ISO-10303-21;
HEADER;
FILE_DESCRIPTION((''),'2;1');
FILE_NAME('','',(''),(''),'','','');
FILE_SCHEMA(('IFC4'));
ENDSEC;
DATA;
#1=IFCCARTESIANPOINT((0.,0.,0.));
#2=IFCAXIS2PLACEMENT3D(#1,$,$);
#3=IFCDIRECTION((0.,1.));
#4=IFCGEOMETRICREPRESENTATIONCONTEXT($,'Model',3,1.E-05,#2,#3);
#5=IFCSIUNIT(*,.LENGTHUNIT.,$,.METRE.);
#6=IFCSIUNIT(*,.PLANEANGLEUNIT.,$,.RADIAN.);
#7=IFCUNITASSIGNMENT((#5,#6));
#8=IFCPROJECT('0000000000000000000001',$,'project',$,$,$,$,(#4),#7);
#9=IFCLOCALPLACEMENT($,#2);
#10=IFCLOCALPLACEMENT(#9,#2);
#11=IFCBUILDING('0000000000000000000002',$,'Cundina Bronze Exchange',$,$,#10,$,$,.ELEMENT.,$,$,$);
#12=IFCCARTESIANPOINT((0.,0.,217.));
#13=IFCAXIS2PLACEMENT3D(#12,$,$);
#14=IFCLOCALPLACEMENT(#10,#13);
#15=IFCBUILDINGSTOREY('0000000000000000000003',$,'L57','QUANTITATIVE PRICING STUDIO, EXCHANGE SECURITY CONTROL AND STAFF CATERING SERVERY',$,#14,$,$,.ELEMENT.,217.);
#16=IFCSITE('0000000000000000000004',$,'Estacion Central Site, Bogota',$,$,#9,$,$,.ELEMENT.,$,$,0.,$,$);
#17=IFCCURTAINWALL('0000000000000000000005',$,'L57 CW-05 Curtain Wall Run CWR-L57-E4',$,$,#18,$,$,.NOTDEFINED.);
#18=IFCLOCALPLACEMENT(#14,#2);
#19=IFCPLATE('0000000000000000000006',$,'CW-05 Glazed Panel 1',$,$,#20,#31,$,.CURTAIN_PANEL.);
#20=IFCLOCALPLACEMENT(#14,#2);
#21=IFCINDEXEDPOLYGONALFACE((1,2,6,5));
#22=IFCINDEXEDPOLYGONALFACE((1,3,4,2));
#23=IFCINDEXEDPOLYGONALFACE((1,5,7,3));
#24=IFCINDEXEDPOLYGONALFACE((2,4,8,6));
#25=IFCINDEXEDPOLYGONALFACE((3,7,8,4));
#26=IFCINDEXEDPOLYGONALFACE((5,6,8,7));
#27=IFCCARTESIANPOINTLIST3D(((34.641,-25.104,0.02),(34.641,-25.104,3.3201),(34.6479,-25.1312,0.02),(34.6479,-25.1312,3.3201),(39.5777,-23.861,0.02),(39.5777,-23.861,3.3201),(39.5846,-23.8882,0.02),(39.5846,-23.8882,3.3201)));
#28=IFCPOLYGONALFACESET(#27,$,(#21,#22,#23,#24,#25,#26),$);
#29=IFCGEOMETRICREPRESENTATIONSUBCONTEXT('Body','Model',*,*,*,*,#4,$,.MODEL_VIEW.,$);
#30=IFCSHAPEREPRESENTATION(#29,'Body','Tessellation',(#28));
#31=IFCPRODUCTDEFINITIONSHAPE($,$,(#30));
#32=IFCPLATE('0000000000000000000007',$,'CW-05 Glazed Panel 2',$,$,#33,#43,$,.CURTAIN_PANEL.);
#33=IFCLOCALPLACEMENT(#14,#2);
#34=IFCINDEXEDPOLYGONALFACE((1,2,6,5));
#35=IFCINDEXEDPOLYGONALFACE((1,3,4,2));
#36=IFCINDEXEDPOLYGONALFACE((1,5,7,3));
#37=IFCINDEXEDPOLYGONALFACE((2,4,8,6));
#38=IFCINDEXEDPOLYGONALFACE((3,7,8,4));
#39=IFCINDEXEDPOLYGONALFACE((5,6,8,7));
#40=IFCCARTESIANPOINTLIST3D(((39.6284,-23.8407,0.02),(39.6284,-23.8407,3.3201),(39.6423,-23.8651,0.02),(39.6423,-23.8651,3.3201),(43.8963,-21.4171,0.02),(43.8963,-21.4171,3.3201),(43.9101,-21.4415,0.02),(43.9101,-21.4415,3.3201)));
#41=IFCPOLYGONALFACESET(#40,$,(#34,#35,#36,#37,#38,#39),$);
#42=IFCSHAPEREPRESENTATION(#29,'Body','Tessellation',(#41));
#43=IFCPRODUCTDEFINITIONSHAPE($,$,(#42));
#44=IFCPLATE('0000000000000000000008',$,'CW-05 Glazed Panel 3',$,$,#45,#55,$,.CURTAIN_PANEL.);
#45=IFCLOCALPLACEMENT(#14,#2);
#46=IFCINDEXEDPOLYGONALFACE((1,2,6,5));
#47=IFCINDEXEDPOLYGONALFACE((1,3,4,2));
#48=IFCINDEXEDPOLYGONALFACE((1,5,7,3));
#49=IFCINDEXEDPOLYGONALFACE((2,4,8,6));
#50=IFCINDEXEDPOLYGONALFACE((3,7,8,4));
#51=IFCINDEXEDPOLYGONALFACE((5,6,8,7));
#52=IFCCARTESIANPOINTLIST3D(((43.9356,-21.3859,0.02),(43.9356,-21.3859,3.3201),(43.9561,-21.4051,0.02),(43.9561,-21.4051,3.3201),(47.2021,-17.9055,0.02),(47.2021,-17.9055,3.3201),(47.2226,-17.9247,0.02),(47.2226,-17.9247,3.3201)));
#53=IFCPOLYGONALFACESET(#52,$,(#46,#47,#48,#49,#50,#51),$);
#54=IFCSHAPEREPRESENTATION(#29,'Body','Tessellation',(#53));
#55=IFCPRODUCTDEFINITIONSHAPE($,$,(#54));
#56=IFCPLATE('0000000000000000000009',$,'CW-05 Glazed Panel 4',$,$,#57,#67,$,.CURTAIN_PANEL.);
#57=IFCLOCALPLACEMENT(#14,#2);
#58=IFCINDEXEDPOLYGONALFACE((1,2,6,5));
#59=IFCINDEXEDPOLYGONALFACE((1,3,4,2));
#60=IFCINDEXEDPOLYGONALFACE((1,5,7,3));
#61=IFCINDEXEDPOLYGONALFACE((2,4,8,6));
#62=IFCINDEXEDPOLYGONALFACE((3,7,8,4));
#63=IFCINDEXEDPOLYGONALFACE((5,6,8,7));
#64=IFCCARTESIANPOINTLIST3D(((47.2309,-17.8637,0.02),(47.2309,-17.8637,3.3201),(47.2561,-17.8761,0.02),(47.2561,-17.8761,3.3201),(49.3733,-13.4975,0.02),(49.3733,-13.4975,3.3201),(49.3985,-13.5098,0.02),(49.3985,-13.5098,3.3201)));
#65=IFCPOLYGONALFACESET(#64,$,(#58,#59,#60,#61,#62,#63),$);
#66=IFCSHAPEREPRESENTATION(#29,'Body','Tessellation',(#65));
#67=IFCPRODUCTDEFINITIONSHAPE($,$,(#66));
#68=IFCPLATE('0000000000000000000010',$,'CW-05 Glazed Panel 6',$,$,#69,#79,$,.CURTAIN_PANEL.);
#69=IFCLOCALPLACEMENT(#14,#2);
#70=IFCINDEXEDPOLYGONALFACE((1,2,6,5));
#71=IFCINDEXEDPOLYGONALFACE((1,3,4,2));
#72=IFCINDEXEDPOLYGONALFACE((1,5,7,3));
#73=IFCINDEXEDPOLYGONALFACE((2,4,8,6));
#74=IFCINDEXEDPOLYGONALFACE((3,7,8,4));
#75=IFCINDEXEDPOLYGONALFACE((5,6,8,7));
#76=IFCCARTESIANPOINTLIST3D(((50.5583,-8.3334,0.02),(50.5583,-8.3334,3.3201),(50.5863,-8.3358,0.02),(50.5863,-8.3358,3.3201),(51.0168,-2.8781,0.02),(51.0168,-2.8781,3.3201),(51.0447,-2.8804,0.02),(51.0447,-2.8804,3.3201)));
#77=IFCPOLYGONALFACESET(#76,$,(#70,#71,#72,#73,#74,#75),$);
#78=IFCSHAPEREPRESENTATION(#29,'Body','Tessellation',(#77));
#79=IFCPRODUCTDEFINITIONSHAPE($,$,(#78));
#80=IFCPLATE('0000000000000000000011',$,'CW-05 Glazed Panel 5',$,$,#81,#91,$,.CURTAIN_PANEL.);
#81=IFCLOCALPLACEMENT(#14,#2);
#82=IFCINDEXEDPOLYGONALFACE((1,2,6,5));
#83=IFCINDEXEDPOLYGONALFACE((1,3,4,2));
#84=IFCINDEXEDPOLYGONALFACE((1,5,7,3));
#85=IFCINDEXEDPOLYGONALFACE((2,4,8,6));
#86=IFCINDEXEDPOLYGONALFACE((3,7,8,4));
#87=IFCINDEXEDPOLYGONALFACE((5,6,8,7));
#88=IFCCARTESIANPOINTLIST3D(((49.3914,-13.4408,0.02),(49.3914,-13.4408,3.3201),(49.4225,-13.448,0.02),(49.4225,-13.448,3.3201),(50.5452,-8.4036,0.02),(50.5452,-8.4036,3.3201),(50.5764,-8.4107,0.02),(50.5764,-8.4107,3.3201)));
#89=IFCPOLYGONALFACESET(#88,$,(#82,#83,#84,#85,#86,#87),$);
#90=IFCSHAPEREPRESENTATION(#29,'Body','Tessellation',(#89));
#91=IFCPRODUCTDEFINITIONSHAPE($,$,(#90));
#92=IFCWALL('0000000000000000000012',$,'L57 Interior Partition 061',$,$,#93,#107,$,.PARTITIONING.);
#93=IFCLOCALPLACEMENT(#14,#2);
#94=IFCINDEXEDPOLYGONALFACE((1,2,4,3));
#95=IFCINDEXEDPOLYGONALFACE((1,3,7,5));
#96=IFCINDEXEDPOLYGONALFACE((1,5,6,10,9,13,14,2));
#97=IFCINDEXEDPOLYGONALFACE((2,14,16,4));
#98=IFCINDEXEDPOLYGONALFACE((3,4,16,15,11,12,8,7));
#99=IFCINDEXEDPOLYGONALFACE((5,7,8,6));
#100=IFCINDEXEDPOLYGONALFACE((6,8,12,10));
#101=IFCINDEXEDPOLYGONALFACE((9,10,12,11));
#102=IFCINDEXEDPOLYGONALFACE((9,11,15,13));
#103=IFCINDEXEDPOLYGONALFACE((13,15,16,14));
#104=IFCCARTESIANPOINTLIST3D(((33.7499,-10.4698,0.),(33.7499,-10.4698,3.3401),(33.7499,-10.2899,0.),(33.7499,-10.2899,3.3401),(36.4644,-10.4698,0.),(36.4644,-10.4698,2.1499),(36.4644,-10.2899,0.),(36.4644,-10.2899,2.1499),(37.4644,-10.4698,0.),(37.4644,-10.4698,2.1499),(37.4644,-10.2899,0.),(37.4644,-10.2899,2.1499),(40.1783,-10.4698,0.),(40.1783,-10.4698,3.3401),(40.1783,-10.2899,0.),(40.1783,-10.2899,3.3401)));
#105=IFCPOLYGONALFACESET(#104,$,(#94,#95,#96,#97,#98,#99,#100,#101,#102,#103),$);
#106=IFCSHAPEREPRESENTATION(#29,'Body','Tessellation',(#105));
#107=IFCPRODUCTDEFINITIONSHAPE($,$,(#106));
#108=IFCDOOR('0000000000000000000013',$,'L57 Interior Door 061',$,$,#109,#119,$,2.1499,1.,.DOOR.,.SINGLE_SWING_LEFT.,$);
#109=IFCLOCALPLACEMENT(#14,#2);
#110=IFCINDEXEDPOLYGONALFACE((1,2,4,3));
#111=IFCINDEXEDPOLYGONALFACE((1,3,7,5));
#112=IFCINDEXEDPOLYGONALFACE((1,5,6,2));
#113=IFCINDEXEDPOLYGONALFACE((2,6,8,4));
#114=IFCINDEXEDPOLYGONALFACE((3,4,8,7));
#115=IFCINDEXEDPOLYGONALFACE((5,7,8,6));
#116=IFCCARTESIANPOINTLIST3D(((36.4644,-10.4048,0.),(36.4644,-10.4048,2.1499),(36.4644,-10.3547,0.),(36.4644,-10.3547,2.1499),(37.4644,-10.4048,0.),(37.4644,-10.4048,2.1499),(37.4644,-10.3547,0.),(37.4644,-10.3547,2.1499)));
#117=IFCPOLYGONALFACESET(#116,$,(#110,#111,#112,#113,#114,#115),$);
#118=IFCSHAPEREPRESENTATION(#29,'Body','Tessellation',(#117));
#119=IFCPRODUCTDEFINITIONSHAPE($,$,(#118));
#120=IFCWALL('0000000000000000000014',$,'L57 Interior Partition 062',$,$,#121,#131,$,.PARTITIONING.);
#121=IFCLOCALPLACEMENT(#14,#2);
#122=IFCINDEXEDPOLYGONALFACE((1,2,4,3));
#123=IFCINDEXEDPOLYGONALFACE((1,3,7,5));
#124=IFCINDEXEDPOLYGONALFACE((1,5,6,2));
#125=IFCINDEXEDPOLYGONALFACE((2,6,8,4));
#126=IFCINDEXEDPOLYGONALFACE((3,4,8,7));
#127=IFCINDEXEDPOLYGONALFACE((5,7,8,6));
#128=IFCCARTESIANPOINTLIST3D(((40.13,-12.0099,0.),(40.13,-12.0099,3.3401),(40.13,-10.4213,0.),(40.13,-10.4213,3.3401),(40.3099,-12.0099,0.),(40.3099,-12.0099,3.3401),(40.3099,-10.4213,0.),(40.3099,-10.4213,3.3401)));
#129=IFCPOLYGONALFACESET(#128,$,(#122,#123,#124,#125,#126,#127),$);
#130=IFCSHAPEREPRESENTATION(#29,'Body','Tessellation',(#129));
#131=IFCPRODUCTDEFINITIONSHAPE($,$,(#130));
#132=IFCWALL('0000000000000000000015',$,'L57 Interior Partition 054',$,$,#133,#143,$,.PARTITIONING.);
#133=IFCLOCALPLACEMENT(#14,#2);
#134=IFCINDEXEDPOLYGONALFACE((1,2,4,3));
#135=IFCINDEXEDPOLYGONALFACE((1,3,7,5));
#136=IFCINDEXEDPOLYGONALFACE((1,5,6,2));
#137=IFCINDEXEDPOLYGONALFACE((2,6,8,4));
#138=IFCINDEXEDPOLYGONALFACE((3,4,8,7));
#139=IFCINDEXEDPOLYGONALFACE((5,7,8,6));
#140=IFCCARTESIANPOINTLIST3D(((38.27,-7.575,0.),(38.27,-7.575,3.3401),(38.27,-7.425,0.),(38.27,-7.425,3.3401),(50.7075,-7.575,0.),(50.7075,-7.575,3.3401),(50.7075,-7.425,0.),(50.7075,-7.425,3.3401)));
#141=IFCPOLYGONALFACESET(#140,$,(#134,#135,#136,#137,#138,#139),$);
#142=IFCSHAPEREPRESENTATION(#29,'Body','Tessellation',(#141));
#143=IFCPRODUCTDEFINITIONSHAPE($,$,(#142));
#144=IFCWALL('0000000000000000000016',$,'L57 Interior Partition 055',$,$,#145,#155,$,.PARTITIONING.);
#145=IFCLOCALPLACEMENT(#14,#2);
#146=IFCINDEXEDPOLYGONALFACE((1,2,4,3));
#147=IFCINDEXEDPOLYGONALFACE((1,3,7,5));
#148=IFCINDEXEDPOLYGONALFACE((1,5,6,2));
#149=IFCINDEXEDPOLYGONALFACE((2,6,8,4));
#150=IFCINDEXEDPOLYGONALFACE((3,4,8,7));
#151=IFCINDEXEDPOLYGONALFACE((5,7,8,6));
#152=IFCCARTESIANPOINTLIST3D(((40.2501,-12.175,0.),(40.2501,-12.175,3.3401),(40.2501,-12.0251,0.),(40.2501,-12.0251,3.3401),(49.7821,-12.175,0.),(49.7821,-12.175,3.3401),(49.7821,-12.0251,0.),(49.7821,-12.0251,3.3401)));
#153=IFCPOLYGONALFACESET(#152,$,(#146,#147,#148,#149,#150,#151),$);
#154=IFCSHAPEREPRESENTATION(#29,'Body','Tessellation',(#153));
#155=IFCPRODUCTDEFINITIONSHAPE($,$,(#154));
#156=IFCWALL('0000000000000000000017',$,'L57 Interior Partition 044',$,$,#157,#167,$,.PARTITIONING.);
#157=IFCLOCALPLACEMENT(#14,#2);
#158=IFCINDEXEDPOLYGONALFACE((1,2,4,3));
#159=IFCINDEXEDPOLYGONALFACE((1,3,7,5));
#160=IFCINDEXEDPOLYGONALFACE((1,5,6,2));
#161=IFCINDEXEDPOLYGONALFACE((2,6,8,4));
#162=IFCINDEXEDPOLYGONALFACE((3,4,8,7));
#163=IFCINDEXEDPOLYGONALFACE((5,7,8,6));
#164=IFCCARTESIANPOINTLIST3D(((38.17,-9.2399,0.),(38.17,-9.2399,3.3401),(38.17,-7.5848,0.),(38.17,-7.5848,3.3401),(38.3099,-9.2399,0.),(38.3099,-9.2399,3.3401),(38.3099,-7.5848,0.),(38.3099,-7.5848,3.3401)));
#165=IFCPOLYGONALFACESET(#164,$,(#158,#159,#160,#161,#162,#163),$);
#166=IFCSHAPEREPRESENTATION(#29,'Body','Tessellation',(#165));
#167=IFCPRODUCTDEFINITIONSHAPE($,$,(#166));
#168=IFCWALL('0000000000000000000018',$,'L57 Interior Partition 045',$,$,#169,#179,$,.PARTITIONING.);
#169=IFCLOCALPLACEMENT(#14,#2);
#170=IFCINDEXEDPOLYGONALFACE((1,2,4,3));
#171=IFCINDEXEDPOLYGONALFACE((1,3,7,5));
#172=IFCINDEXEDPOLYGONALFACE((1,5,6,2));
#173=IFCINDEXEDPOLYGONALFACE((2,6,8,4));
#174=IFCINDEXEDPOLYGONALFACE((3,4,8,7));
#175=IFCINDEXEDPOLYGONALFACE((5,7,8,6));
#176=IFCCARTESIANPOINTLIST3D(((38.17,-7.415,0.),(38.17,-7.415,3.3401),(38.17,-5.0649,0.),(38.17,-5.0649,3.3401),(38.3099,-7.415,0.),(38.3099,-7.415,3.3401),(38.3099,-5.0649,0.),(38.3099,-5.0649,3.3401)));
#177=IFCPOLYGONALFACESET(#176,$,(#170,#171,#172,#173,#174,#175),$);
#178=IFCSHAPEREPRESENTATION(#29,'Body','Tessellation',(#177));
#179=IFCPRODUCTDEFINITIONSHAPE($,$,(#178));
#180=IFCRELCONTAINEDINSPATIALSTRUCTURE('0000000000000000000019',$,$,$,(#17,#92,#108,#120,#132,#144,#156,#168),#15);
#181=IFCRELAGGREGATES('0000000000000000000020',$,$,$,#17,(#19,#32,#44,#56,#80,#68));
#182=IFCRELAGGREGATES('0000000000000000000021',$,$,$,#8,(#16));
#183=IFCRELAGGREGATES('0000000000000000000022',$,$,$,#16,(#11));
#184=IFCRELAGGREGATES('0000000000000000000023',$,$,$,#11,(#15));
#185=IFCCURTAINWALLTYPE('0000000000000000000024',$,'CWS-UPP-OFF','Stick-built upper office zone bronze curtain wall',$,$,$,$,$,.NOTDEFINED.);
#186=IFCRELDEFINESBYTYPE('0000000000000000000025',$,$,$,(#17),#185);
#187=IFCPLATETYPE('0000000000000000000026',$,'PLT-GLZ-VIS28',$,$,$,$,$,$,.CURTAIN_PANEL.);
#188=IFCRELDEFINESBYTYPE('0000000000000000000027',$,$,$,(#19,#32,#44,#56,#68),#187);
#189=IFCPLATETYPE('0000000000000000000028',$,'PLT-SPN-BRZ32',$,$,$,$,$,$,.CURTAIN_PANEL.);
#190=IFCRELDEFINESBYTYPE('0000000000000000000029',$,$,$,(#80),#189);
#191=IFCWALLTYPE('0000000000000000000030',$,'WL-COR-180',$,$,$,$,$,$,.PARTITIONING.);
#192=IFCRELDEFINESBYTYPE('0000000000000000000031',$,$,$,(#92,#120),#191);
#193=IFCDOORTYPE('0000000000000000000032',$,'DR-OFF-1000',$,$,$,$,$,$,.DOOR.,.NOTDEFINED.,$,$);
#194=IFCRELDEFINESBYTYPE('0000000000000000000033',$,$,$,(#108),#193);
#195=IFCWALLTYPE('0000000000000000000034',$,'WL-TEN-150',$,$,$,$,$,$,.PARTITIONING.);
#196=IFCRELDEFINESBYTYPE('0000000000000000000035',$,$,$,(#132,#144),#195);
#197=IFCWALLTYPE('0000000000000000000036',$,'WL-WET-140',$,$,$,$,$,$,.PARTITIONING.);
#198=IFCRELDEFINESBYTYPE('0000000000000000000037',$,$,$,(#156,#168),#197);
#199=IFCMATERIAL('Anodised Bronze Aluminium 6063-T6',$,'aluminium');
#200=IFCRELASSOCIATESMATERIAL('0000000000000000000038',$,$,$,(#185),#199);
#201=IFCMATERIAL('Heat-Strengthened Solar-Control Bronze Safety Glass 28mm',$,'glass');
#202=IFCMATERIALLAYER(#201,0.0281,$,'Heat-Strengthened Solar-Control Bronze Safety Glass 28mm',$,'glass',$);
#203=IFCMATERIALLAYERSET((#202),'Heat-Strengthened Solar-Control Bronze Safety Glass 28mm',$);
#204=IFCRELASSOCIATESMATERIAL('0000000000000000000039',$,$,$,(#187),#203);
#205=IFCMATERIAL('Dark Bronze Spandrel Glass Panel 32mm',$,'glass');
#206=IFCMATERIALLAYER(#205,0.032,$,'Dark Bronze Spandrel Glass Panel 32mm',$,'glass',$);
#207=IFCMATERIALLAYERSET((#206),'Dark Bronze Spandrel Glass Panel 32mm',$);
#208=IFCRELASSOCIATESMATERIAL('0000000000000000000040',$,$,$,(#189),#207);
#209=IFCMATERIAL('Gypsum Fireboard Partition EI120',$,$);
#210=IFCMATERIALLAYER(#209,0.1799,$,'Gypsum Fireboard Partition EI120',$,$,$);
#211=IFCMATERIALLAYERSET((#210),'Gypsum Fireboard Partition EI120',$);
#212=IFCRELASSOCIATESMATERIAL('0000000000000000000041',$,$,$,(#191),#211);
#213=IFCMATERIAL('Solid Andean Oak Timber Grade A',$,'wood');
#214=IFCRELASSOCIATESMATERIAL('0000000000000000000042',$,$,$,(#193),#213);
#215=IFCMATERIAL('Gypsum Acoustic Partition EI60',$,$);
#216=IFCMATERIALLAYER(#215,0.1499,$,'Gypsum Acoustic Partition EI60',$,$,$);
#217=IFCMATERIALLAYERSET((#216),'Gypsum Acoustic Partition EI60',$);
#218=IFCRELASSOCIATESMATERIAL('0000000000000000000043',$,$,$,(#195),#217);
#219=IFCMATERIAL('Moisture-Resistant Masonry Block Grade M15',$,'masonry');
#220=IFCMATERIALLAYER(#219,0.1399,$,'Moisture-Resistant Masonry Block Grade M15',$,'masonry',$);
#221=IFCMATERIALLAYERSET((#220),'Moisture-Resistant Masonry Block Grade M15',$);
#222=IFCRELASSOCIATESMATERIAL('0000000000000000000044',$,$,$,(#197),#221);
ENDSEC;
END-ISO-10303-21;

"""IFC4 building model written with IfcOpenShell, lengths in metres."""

from ifc_helpers import new_model, si_unit, direction, frame, frame_2d, origin, origin_2d, place, context, subcontext, project, spatial, rectangle, extrude, material, layer, layer_set, type_object, element, fill, aggregate, save


model = new_model("IFC4")

# Units and contexts
model_context = context("Model", 3, precision=1e-05, world=origin(), true_north=direction((0.0, 1.0)))
body_context = subcontext(model_context, "Body", "Model", "MODEL_VIEW")
ifc_project = project(units=[si_unit("LENGTHUNIT", "METRE"), si_unit("PLANEANGLEUNIT", "RADIAN")], contexts=[model_context])

# Site, building, storey
site_placement = place(None, origin())
site = spatial("IfcSite", under=ifc_project, at=site_placement, Name="Estacion Central Site, Bogota", CompositionType="ELEMENT", RefElevation=0.0)
building_placement = place(site_placement, origin())
building = spatial("IfcBuilding", under=site, at=building_placement, Name="Cundina Bronze Exchange", CompositionType="ELEMENT")
storey_placement = place(building_placement, frame((0.0, 0.0, 217.0)))
storey = spatial("IfcBuildingStorey", under=building, at=storey_placement, Name="L57", Description="QUANTITATIVE PRICING STUDIO, EXCHANGE SECURITY CONTROL AND STAFF CATERING SERVERY", CompositionType="ELEMENT", Elevation=217.0)

# Curtain wall, plates
ifc_material_1 = material(Name="Anodised Bronze Aluminium 6063-T6", Category="aluminium")
curtain_wall_type = type_object("IfcCurtainWallType", Name="CWS-UPP-OFF", Description="Stick-built upper office zone bronze curtain wall", PredefinedType="NOTDEFINED", material=ifc_material_1)
curtain_wall_placement = place(storey_placement, origin())
curtain_wall = element("IfcCurtainWall", 1, at=curtain_wall_placement, inside=storey, type_object=curtain_wall_type, Name="L57 CW-05 Curtain Wall Run CWR-L57-E4", PredefinedType="NOTDEFINED")
ifc_material_2 = material(Name="Heat-Strengthened Solar-Control Bronze Safety Glass 28mm", Category="glass")
ifc_layer_1 = layer(ifc_material_2, 0.0281, Name="Heat-Strengthened Solar-Control Bronze Safety Glass 28mm", Category="glass")
ifc_layer_set_1 = layer_set([ifc_layer_1], Name="Heat-Strengthened Solar-Control Bronze Safety Glass 28mm")
plate_type_1 = type_object("IfcPlateType", Name="PLT-GLZ-VIS28", PredefinedType="CURTAIN_PANEL", material=ifc_layer_set_1)
plate_1_placement = place(storey_placement, frame((37.1128, -24.4961, 0.02), z_axis=(0.0, 0.0, 1.0), x_axis=(0.969732, 0.244174, 0.0)))
plate_1 = element("IfcPlate", 2, at=plate_1_placement, type_object=plate_type_1, Name="CW-05 Glazed Panel 1", PredefinedType="CURTAIN_PANEL", context=body_context, shape_type="SweptSolid", body=[
    extrude(rectangle(XDim=5.0908, YDim=0.0281, at=origin_2d()), origin(), (0.0, 0.0, 1.0), 3.3),
])
plate_2_placement = place(storey_placement, frame((41.7693, -22.6411, 0.02), z_axis=(0.0, 0.0, 1.0), x_axis=(0.869573, 0.493805, 0.0)))
plate_2 = element("IfcPlate", 3, at=plate_2_placement, type_object=plate_type_1, Name="CW-05 Glazed Panel 2", PredefinedType="CURTAIN_PANEL", context=body_context, shape_type="SweptSolid", body=[
    extrude(rectangle(XDim=4.908, YDim=0.0281, at=origin_2d()), origin(), (0.0, 0.0, 1.0), 3.3),
])
plate_3_placement = place(storey_placement, frame((45.5791, -19.6553, 0.02), z_axis=(0.0, 0.0, 1.0), x_axis=(0.684344, 0.72916, 0.0)))
plate_3 = element("IfcPlate", 4, at=plate_3_placement, type_object=plate_type_1, Name="CW-05 Glazed Panel 3", PredefinedType="CURTAIN_PANEL", context=body_context, shape_type="SweptSolid", body=[
    extrude(rectangle(XDim=4.7732, YDim=0.0281, at=origin_2d()), origin(), (0.0, 0.0, 1.0), 3.3),
])
plate_4_placement = place(storey_placement, frame((48.3147, -15.6868, 0.02), z_axis=(0.0, 0.0, 1.0), x_axis=(0.440503, 0.897751, 0.0)))
plate_4 = element("IfcPlate", 5, at=plate_4_placement, type_object=plate_type_1, Name="CW-05 Glazed Panel 4", PredefinedType="CURTAIN_PANEL", context=body_context, shape_type="SweptSolid", body=[
    extrude(rectangle(XDim=4.8635, YDim=0.0281, at=origin_2d()), origin(), (0.0, 0.0, 1.0), 3.3),
])
plate_5_placement = place(storey_placement, frame((50.8015, -5.6069, 0.02), z_axis=(0.0, 0.0, 1.0), x_axis=(0.083747, 0.996487, 0.0)))
plate_5 = element("IfcPlate", 6, at=plate_5_placement, type_object=plate_type_1, Name="CW-05 Glazed Panel 6", PredefinedType="CURTAIN_PANEL", context=body_context, shape_type="SweptSolid", body=[
    extrude(rectangle(XDim=5.4746, YDim=0.0281, at=origin_2d()), origin(), (0.0, 0.0, 1.0), 3.3),
])
ifc_material_3 = material(Name="Dark Bronze Spandrel Glass Panel 32mm", Category="glass")
ifc_layer_2 = layer(ifc_material_3, 0.032, Name="Dark Bronze Spandrel Glass Panel 32mm", Category="glass")
ifc_layer_set_2 = layer_set([ifc_layer_2], Name="Dark Bronze Spandrel Glass Panel 32mm")
plate_type_2 = type_object("IfcPlateType", Name="PLT-SPN-BRZ32", PredefinedType="CURTAIN_PANEL", material=ifc_layer_set_2)
plate_6_placement = place(storey_placement, frame((49.9839, -10.9258, 0.02), z_axis=(0.0, 0.0, 1.0), x_axis=(0.223284, 0.974753, 0.0)))
plate_6 = element("IfcPlate", 7, at=plate_6_placement, type_object=plate_type_2, Name="CW-05 Glazed Panel 5", PredefinedType="CURTAIN_PANEL", context=body_context, shape_type="SweptSolid", body=[
    extrude(rectangle(XDim=5.1677, YDim=0.032, at=origin_2d()), origin(), (0.0, 0.0, 1.0), 3.3),
])
aggregate(curtain_wall, [plate_1, plate_2, plate_3, plate_4, plate_6, plate_5])

# Wall, opening, door
ifc_material_4 = material(Name="Gypsum Fireboard Partition EI120")
ifc_layer_3 = layer(ifc_material_4, 0.1799, Name="Gypsum Fireboard Partition EI120")
ifc_layer_set_3 = layer_set([ifc_layer_3], Name="Gypsum Fireboard Partition EI120")
wall_type_1 = type_object("IfcWallType", Name="WL-COR-180", PredefinedType="PARTITIONING", material=ifc_layer_set_3)
wall_1_placement = place(storey_placement, frame((40.1785, -10.3799, 0.0), z_axis=(0.0, 0.0, 1.0), x_axis=(-1.0, 0.0, 0.0)))
wall_1 = element("IfcWall", 8, at=wall_1_placement, inside=storey, type_object=wall_type_1, Name="L57 Interior Partition 061", PredefinedType="PARTITIONING", context=body_context, shape_type="SweptSolid", body=[
    extrude(rectangle(XDim=6.4285, YDim=0.1799, at=frame_2d((3.2144, 0.0))), origin(), (0.0, 0.0, 1.0), 3.3401),
])
opening_placement = place(wall_1_placement, frame((2.7141, 0.0, 0.0)))
opening = element("IfcOpeningElement", 9, at=opening_placement, cuts=wall_1, PredefinedType="OPENING", context=body_context, shape_type="SweptSolid", body=[
    extrude(rectangle(XDim=1.0, YDim=2.1499, at=frame_2d((0.5, 1.075))), frame((0.0, 0.0999, 0.0), z_axis=(0.0, -1.0, 0.0), x_axis=(1.0, 0.0, 0.0)), (0.0, 0.0, 1.0), 0.2),
])
ifc_material_5 = material(Name="Solid Andean Oak Timber Grade A", Category="wood")
door_type = type_object("IfcDoorType", Name="DR-OFF-1000", OperationType="NOTDEFINED", PredefinedType="DOOR", material=ifc_material_5)
door_placement = place(opening_placement, origin())
door = element("IfcDoor", 10, at=door_placement, inside=storey, type_object=door_type, Name="L57 Interior Door 061", OperationType="SINGLE_SWING_LEFT", OverallHeight=2.1499, OverallWidth=1.0, PredefinedType="DOOR", context=body_context, shape_type="SweptSolid", body=[
    extrude(rectangle(XDim=1.0, YDim=2.1499, at=frame_2d((0.5, 1.075))), frame((0.0, 0.0249, 0.0), z_axis=(0.0, -1.0, 0.0), x_axis=(1.0, 0.0, 0.0)), (0.0, 0.0, 1.0), 0.05),
])
fill(opening, door)

# Walls
wall_2_placement = place(storey_placement, frame((40.22, -12.01, 0.0), z_axis=(0.0, 0.0, 1.0), x_axis=(0.0, 1.0, 0.0)))
element("IfcWall", 11, at=wall_2_placement, inside=storey, type_object=wall_type_1, Name="L57 Interior Partition 062", PredefinedType="PARTITIONING", context=body_context, shape_type="SweptSolid", body=[
    extrude(rectangle(XDim=1.5886, YDim=0.1799, at=frame_2d((0.7944, 0.0))), origin(), (0.0, 0.0, 1.0), 3.3401),
])
ifc_material_6 = material(Name="Gypsum Acoustic Partition EI60")
ifc_layer_4 = layer(ifc_material_6, 0.1499, Name="Gypsum Acoustic Partition EI60")
ifc_layer_set_4 = layer_set([ifc_layer_4], Name="Gypsum Acoustic Partition EI60")
wall_type_2 = type_object("IfcWallType", Name="WL-TEN-150", PredefinedType="PARTITIONING", material=ifc_layer_set_4)
wall_3_placement = place(storey_placement, frame((38.27, -7.5, 0.0), z_axis=(0.0, 0.0, 1.0), x_axis=(1.0, 0.0, 0.0)))
element("IfcWall", 12, at=wall_3_placement, inside=storey, type_object=wall_type_2, Name="L57 Interior Partition 054", PredefinedType="PARTITIONING", context=body_context, shape_type="SweptSolid", body=[
    extrude(rectangle(XDim=12.4375, YDim=0.1499, at=frame_2d((6.2188, 0.0))), origin(), (0.0, 0.0, 1.0), 3.3401),
])
wall_4_placement = place(storey_placement, frame((40.25, -12.1001, 0.0), z_axis=(0.0, 0.0, 1.0), x_axis=(1.0, 0.0, 0.0)))
element("IfcWall", 13, at=wall_4_placement, inside=storey, type_object=wall_type_2, Name="L57 Interior Partition 055", PredefinedType="PARTITIONING", context=body_context, shape_type="SweptSolid", body=[
    extrude(rectangle(XDim=9.532, YDim=0.1499, at=frame_2d((4.7661, 0.0))), origin(), (0.0, 0.0, 1.0), 3.3401),
])
ifc_material_7 = material(Name="Moisture-Resistant Masonry Block Grade M15", Category="masonry")
ifc_layer_5 = layer(ifc_material_7, 0.1399, Name="Moisture-Resistant Masonry Block Grade M15", Category="masonry")
ifc_layer_set_5 = layer_set([ifc_layer_5], Name="Moisture-Resistant Masonry Block Grade M15")
wall_type_3 = type_object("IfcWallType", Name="WL-WET-140", PredefinedType="PARTITIONING", material=ifc_layer_set_5)
wall_5_placement = place(storey_placement, frame((38.24, -9.24, 0.0), z_axis=(0.0, 0.0, 1.0), x_axis=(0.0, 1.0, 0.0)))
element("IfcWall", 14, at=wall_5_placement, inside=storey, type_object=wall_type_3, Name="L57 Interior Partition 044", PredefinedType="PARTITIONING", context=body_context, shape_type="SweptSolid", body=[
    extrude(rectangle(XDim=1.655, YDim=0.1399, at=frame_2d((0.8276, 0.0))), origin(), (0.0, 0.0, 1.0), 3.3401),
])
wall_6_placement = place(storey_placement, frame((38.24, -7.415, 0.0), z_axis=(0.0, 0.0, 1.0), x_axis=(0.0, 1.0, 0.0)))
element("IfcWall", 15, at=wall_6_placement, inside=storey, type_object=wall_type_3, Name="L57 Interior Partition 045", PredefinedType="PARTITIONING", context=body_context, shape_type="SweptSolid", body=[
    extrude(rectangle(XDim=2.3501, YDim=0.1399, at=frame_2d((1.175, 0.0))), origin(), (0.0, 0.0, 1.0), 3.3401),
])

save(model, "model.ifc")
